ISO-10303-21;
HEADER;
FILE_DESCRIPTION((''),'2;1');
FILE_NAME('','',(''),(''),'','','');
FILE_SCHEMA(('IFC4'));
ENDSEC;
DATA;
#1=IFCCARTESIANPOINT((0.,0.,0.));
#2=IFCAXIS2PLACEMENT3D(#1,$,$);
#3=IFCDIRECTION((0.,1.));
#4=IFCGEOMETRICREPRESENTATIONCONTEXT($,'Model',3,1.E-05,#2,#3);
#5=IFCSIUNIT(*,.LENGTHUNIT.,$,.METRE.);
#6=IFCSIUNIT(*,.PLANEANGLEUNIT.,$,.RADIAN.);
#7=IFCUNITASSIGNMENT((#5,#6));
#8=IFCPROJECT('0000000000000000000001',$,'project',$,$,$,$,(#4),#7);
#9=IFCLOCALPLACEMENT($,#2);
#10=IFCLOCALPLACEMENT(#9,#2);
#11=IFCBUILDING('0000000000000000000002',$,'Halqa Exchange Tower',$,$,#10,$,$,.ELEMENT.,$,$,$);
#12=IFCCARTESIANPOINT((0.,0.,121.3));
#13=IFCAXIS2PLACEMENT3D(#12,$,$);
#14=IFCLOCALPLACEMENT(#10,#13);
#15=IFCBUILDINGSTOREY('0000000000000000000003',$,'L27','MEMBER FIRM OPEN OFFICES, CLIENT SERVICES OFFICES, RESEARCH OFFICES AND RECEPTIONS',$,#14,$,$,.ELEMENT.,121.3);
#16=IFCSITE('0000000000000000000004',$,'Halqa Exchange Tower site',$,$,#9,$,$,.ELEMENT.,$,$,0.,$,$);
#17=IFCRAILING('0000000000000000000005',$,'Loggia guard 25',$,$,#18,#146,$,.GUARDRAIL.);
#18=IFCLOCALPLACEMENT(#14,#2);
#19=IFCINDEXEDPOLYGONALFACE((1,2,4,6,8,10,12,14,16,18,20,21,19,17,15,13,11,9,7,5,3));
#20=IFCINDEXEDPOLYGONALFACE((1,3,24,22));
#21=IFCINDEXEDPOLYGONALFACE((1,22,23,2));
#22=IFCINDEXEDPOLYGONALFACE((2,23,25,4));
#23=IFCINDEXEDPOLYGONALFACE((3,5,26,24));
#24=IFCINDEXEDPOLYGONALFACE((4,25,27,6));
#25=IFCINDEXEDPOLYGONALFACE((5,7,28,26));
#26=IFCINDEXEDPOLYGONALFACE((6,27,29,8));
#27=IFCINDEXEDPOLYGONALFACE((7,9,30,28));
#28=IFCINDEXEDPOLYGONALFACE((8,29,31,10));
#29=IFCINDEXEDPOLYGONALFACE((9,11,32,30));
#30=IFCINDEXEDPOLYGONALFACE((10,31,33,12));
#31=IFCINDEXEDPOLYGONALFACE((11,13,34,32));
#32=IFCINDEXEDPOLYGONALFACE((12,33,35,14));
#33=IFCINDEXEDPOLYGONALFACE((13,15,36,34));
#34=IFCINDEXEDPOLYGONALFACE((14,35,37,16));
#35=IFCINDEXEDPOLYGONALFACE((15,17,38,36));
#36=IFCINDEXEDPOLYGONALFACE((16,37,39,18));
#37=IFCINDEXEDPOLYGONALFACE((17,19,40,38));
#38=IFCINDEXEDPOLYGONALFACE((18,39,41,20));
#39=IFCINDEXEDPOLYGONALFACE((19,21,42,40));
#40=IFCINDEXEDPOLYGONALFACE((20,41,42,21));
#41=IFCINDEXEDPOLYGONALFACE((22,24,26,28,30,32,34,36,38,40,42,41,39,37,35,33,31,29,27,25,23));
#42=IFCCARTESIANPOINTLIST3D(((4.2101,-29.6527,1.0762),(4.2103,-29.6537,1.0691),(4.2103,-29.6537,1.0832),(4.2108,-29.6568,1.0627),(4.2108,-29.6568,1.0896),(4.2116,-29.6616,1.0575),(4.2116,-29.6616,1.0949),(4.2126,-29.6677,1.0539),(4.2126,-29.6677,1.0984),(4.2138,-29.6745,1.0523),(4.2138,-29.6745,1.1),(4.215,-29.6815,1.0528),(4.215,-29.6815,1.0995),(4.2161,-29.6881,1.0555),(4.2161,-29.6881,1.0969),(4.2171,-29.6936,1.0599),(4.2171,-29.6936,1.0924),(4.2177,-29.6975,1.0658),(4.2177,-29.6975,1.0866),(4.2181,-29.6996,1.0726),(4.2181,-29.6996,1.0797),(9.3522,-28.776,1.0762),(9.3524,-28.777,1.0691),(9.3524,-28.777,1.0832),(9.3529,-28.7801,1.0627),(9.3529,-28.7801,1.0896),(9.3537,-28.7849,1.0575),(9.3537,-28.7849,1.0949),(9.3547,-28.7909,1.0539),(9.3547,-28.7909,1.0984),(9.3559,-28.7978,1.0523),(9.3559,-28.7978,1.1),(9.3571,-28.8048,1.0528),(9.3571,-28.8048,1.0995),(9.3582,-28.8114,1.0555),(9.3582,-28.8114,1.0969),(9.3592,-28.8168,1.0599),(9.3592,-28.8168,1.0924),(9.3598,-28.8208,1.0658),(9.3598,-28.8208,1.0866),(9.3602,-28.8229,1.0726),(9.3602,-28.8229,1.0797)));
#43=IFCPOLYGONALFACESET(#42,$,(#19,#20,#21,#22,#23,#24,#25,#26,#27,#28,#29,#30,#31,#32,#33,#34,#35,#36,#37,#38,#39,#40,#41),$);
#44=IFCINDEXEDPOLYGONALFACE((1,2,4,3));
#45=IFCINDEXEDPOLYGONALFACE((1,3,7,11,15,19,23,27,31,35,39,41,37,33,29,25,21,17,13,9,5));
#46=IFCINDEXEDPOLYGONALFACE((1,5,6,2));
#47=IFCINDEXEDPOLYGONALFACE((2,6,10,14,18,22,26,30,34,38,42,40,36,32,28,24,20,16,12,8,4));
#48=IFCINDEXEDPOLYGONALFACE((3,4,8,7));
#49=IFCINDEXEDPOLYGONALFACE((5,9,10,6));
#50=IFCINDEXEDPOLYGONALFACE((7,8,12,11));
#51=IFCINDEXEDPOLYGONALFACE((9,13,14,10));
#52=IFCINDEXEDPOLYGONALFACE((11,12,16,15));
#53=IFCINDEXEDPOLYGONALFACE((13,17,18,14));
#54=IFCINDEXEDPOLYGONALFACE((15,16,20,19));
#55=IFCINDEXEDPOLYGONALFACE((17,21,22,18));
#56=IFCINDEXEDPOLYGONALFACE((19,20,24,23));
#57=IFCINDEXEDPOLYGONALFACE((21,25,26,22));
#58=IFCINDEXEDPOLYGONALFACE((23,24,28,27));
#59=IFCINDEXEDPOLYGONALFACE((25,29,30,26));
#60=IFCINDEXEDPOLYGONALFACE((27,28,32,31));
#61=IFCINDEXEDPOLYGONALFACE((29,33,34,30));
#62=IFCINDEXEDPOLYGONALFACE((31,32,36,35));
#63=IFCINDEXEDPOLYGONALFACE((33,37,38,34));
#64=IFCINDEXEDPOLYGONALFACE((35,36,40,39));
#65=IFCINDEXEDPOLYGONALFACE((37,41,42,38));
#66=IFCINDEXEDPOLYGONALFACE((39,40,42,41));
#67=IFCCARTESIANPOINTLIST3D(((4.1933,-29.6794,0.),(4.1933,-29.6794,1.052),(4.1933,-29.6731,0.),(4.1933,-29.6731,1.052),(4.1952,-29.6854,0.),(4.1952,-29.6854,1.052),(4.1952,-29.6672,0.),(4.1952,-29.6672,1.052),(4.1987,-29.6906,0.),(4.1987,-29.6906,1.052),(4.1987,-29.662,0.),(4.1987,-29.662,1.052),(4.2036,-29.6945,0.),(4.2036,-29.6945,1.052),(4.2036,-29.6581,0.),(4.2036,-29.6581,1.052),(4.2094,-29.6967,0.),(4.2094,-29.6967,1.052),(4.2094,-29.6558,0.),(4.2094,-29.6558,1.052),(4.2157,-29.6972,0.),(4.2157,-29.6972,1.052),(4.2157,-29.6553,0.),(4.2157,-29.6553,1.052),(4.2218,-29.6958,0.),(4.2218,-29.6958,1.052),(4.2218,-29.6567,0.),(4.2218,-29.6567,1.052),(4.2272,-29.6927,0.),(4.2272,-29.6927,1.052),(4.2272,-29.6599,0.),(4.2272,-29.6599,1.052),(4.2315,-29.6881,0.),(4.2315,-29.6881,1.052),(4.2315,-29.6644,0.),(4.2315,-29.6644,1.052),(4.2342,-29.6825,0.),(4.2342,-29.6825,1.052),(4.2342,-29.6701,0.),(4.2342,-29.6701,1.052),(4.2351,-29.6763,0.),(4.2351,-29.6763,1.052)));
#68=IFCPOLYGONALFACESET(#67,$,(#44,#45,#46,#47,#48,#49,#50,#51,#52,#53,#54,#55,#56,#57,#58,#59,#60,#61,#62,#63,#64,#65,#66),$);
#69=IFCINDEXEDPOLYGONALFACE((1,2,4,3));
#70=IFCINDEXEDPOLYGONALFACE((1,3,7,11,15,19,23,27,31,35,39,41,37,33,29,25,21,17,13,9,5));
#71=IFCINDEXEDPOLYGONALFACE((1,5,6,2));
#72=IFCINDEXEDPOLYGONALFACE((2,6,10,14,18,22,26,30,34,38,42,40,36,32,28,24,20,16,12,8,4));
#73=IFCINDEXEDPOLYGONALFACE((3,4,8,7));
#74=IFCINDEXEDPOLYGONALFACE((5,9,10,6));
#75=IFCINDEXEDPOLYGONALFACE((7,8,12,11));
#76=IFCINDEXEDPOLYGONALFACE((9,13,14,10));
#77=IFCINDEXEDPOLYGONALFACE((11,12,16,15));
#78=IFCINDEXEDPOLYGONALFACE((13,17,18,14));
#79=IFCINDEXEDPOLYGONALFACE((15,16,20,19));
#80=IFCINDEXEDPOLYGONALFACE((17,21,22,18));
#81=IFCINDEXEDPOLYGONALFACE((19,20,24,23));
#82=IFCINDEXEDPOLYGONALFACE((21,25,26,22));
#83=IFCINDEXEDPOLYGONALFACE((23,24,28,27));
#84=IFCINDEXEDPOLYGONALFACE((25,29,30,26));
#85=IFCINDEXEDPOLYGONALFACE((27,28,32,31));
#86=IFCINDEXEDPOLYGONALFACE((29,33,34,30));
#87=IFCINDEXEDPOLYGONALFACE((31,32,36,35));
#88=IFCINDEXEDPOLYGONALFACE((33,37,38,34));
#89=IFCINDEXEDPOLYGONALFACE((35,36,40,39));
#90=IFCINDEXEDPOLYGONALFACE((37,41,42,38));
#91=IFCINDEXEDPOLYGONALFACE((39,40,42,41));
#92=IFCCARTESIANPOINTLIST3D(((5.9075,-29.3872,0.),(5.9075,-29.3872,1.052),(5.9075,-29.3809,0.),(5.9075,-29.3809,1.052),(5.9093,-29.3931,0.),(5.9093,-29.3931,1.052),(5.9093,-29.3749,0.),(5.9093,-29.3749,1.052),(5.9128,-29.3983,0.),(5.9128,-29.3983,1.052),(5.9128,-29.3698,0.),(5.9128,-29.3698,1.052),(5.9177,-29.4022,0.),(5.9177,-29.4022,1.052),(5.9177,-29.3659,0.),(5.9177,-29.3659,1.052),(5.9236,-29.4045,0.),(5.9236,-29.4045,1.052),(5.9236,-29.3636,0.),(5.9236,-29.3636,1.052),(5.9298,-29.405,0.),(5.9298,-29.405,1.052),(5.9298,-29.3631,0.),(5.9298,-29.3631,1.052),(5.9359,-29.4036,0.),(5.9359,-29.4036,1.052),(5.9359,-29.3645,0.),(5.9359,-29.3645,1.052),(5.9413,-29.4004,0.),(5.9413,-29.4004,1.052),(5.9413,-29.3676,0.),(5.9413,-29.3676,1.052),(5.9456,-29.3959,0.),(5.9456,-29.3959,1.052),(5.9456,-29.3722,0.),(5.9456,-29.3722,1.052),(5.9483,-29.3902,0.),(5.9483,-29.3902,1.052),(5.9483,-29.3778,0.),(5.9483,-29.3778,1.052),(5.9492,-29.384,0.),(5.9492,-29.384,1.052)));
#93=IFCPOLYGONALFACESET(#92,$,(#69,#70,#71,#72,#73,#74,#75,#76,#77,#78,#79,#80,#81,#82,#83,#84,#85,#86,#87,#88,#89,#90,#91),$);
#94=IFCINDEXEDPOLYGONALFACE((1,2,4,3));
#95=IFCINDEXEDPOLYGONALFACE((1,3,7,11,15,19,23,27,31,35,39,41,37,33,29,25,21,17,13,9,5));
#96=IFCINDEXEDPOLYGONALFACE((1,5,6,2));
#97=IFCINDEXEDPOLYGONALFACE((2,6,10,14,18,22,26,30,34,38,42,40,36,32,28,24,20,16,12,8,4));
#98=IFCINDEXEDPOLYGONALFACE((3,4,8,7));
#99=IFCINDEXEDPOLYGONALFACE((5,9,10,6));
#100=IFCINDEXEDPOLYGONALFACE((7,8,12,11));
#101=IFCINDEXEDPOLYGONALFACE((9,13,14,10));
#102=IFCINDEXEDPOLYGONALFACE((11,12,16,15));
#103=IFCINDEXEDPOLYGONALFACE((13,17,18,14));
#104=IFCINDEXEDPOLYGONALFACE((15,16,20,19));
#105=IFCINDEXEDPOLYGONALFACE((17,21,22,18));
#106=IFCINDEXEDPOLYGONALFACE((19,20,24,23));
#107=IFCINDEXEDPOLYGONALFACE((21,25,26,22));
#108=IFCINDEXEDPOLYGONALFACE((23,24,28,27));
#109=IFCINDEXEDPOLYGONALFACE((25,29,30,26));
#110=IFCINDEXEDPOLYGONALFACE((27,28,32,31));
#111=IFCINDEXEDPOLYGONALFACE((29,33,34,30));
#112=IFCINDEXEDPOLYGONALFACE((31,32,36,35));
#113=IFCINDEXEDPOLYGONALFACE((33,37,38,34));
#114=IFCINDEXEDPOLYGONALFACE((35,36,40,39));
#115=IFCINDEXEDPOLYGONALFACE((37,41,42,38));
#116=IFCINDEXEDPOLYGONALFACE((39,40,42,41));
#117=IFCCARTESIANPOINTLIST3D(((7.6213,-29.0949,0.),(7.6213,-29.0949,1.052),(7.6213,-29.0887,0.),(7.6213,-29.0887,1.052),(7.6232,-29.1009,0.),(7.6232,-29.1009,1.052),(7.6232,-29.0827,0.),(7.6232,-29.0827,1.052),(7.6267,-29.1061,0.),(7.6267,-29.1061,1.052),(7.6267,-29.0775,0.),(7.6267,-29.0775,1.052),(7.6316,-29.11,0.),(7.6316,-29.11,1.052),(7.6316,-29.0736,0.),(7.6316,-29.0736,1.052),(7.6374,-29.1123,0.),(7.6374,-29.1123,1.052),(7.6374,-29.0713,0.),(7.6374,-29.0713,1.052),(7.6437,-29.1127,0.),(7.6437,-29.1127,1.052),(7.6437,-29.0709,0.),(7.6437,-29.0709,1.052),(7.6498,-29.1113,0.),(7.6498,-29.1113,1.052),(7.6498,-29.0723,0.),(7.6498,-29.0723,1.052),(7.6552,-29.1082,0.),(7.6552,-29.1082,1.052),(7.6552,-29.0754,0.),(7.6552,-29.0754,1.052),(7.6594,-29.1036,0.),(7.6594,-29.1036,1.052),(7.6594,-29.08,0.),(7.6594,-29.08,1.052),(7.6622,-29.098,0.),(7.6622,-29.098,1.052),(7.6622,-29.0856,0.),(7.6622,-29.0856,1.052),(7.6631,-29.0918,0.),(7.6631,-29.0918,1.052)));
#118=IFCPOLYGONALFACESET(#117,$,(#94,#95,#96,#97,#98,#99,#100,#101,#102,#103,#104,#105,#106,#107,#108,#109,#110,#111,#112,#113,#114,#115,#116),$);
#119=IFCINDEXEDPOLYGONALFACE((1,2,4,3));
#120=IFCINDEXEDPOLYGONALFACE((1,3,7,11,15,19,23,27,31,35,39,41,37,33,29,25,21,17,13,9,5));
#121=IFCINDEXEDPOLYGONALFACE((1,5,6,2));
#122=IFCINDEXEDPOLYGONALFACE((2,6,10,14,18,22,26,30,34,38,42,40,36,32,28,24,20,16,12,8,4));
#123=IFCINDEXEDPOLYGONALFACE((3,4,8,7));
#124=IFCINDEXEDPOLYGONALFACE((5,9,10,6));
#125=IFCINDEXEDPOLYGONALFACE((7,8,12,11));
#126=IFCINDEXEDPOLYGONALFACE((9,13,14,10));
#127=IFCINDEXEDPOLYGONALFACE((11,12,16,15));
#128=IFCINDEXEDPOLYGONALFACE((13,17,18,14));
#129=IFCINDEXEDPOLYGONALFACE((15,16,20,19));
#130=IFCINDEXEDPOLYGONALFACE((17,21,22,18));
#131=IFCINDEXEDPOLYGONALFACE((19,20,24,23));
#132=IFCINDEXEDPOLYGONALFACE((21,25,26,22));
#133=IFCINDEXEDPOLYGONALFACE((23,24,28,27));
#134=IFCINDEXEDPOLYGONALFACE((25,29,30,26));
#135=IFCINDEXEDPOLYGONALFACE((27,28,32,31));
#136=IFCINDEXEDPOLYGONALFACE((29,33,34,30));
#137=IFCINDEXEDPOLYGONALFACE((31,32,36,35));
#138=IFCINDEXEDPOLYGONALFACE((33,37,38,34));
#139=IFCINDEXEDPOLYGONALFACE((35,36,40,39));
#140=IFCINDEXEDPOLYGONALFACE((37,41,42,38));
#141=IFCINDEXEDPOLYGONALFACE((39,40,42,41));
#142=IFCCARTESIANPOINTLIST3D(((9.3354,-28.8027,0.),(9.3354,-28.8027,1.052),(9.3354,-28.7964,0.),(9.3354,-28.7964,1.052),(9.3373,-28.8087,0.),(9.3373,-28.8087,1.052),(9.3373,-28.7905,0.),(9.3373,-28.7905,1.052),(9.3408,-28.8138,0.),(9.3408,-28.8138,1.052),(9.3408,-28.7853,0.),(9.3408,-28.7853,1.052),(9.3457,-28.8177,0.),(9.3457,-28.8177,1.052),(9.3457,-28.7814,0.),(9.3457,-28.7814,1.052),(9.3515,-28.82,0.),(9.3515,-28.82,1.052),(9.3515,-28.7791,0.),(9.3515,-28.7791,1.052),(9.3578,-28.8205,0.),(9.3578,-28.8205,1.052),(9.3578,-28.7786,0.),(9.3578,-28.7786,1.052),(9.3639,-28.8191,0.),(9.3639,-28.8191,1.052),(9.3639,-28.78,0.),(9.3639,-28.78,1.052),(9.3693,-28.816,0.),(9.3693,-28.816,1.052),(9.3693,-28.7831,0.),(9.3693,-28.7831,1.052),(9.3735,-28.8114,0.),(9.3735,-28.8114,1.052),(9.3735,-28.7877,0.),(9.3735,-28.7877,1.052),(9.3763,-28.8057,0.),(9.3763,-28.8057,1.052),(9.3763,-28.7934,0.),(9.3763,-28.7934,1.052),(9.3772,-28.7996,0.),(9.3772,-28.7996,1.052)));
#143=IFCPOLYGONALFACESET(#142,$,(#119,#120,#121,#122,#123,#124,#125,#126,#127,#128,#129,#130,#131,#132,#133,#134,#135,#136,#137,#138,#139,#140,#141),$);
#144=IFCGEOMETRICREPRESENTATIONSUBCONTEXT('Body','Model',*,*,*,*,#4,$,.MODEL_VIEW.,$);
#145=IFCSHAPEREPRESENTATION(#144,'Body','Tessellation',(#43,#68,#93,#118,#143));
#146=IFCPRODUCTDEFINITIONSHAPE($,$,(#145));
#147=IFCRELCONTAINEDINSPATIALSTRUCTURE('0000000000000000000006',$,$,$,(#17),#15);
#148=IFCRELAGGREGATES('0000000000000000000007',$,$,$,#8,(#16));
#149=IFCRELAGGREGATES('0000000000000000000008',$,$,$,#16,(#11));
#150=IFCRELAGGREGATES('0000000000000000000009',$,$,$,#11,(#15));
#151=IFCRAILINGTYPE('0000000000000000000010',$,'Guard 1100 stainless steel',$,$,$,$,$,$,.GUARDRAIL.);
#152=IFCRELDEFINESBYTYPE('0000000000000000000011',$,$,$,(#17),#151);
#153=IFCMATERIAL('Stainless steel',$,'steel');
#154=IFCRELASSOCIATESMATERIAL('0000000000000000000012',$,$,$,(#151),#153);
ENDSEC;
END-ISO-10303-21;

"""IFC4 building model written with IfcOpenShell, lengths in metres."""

from ifc_helpers import new_model, si_unit, direction, frame, origin, origin_2d, place, context, subcontext, project, spatial, circle, extrude, material, type_object, element, save


model = new_model("IFC4")

# Units and contexts
model_context = context("Model", 3, precision=1e-05, world=origin(), true_north=direction((0.0, 1.0)))
body_context = subcontext(model_context, "Body", "Model", "MODEL_VIEW")
ifc_project = project(units=[si_unit("LENGTHUNIT", "METRE"), si_unit("PLANEANGLEUNIT", "RADIAN")], contexts=[model_context])

# Site, building, storey
site_placement = place(None, origin())
site = spatial("IfcSite", under=ifc_project, at=site_placement, Name="Halqa Exchange Tower site", CompositionType="ELEMENT", RefElevation=0.0)
building_placement = place(site_placement, origin())
building = spatial("IfcBuilding", under=site, at=building_placement, Name="Halqa Exchange Tower", CompositionType="ELEMENT")
storey_placement = place(building_placement, frame((0.0, 0.0, 121.3)))
storey = spatial("IfcBuildingStorey", under=building, at=storey_placement, Name="L27", Description="MEMBER FIRM OPEN OFFICES, CLIENT SERVICES OFFICES, RESEARCH OFFICES AND RECEPTIONS", CompositionType="ELEMENT", Elevation=121.3)

# Railing
ifc_material_1 = material(Name="Stainless steel", Category="steel")
railing_type_1 = type_object("IfcRailingType", Name="Guard 1100 stainless steel", PredefinedType="GUARDRAIL", material=ifc_material_1)
railing_1_placement = place(storey_placement, frame((4.2141, -29.6763, 0.0)))
element("IfcRailing", 1, at=railing_1_placement, inside=storey, type_object=railing_type_1, Name="Loggia guard 25", PredefinedType="GUARDRAIL", context=body_context, shape_type="SweptSolid", body=[
    extrude(circle(Radius=0.0239, at=origin_2d()), frame((0.0, 0.0, 1.0762), z_axis=(0.985775, 0.168071, 0.0), x_axis=(-0.168071, 0.985775, 0.0)), (0.0, 0.0, 1.0), 5.2163),
    extrude(circle(Radius=0.021, at=origin_2d()), origin(), (0.0, 0.0, 1.0), 1.052),
    extrude(circle(Radius=0.021, at=origin_2d()), frame((1.7141, 0.2922, 0.0)), (0.0, 0.0, 1.0), 1.052),
    extrude(circle(Radius=0.021, at=origin_2d()), frame((3.428, 0.5845, 0.0)), (0.0, 0.0, 1.0), 1.052),
    extrude(circle(Radius=0.021, at=origin_2d()), frame((5.1421, 0.8767, 0.0)), (0.0, 0.0, 1.0), 1.052),
])

save(model, "model.ifc")
